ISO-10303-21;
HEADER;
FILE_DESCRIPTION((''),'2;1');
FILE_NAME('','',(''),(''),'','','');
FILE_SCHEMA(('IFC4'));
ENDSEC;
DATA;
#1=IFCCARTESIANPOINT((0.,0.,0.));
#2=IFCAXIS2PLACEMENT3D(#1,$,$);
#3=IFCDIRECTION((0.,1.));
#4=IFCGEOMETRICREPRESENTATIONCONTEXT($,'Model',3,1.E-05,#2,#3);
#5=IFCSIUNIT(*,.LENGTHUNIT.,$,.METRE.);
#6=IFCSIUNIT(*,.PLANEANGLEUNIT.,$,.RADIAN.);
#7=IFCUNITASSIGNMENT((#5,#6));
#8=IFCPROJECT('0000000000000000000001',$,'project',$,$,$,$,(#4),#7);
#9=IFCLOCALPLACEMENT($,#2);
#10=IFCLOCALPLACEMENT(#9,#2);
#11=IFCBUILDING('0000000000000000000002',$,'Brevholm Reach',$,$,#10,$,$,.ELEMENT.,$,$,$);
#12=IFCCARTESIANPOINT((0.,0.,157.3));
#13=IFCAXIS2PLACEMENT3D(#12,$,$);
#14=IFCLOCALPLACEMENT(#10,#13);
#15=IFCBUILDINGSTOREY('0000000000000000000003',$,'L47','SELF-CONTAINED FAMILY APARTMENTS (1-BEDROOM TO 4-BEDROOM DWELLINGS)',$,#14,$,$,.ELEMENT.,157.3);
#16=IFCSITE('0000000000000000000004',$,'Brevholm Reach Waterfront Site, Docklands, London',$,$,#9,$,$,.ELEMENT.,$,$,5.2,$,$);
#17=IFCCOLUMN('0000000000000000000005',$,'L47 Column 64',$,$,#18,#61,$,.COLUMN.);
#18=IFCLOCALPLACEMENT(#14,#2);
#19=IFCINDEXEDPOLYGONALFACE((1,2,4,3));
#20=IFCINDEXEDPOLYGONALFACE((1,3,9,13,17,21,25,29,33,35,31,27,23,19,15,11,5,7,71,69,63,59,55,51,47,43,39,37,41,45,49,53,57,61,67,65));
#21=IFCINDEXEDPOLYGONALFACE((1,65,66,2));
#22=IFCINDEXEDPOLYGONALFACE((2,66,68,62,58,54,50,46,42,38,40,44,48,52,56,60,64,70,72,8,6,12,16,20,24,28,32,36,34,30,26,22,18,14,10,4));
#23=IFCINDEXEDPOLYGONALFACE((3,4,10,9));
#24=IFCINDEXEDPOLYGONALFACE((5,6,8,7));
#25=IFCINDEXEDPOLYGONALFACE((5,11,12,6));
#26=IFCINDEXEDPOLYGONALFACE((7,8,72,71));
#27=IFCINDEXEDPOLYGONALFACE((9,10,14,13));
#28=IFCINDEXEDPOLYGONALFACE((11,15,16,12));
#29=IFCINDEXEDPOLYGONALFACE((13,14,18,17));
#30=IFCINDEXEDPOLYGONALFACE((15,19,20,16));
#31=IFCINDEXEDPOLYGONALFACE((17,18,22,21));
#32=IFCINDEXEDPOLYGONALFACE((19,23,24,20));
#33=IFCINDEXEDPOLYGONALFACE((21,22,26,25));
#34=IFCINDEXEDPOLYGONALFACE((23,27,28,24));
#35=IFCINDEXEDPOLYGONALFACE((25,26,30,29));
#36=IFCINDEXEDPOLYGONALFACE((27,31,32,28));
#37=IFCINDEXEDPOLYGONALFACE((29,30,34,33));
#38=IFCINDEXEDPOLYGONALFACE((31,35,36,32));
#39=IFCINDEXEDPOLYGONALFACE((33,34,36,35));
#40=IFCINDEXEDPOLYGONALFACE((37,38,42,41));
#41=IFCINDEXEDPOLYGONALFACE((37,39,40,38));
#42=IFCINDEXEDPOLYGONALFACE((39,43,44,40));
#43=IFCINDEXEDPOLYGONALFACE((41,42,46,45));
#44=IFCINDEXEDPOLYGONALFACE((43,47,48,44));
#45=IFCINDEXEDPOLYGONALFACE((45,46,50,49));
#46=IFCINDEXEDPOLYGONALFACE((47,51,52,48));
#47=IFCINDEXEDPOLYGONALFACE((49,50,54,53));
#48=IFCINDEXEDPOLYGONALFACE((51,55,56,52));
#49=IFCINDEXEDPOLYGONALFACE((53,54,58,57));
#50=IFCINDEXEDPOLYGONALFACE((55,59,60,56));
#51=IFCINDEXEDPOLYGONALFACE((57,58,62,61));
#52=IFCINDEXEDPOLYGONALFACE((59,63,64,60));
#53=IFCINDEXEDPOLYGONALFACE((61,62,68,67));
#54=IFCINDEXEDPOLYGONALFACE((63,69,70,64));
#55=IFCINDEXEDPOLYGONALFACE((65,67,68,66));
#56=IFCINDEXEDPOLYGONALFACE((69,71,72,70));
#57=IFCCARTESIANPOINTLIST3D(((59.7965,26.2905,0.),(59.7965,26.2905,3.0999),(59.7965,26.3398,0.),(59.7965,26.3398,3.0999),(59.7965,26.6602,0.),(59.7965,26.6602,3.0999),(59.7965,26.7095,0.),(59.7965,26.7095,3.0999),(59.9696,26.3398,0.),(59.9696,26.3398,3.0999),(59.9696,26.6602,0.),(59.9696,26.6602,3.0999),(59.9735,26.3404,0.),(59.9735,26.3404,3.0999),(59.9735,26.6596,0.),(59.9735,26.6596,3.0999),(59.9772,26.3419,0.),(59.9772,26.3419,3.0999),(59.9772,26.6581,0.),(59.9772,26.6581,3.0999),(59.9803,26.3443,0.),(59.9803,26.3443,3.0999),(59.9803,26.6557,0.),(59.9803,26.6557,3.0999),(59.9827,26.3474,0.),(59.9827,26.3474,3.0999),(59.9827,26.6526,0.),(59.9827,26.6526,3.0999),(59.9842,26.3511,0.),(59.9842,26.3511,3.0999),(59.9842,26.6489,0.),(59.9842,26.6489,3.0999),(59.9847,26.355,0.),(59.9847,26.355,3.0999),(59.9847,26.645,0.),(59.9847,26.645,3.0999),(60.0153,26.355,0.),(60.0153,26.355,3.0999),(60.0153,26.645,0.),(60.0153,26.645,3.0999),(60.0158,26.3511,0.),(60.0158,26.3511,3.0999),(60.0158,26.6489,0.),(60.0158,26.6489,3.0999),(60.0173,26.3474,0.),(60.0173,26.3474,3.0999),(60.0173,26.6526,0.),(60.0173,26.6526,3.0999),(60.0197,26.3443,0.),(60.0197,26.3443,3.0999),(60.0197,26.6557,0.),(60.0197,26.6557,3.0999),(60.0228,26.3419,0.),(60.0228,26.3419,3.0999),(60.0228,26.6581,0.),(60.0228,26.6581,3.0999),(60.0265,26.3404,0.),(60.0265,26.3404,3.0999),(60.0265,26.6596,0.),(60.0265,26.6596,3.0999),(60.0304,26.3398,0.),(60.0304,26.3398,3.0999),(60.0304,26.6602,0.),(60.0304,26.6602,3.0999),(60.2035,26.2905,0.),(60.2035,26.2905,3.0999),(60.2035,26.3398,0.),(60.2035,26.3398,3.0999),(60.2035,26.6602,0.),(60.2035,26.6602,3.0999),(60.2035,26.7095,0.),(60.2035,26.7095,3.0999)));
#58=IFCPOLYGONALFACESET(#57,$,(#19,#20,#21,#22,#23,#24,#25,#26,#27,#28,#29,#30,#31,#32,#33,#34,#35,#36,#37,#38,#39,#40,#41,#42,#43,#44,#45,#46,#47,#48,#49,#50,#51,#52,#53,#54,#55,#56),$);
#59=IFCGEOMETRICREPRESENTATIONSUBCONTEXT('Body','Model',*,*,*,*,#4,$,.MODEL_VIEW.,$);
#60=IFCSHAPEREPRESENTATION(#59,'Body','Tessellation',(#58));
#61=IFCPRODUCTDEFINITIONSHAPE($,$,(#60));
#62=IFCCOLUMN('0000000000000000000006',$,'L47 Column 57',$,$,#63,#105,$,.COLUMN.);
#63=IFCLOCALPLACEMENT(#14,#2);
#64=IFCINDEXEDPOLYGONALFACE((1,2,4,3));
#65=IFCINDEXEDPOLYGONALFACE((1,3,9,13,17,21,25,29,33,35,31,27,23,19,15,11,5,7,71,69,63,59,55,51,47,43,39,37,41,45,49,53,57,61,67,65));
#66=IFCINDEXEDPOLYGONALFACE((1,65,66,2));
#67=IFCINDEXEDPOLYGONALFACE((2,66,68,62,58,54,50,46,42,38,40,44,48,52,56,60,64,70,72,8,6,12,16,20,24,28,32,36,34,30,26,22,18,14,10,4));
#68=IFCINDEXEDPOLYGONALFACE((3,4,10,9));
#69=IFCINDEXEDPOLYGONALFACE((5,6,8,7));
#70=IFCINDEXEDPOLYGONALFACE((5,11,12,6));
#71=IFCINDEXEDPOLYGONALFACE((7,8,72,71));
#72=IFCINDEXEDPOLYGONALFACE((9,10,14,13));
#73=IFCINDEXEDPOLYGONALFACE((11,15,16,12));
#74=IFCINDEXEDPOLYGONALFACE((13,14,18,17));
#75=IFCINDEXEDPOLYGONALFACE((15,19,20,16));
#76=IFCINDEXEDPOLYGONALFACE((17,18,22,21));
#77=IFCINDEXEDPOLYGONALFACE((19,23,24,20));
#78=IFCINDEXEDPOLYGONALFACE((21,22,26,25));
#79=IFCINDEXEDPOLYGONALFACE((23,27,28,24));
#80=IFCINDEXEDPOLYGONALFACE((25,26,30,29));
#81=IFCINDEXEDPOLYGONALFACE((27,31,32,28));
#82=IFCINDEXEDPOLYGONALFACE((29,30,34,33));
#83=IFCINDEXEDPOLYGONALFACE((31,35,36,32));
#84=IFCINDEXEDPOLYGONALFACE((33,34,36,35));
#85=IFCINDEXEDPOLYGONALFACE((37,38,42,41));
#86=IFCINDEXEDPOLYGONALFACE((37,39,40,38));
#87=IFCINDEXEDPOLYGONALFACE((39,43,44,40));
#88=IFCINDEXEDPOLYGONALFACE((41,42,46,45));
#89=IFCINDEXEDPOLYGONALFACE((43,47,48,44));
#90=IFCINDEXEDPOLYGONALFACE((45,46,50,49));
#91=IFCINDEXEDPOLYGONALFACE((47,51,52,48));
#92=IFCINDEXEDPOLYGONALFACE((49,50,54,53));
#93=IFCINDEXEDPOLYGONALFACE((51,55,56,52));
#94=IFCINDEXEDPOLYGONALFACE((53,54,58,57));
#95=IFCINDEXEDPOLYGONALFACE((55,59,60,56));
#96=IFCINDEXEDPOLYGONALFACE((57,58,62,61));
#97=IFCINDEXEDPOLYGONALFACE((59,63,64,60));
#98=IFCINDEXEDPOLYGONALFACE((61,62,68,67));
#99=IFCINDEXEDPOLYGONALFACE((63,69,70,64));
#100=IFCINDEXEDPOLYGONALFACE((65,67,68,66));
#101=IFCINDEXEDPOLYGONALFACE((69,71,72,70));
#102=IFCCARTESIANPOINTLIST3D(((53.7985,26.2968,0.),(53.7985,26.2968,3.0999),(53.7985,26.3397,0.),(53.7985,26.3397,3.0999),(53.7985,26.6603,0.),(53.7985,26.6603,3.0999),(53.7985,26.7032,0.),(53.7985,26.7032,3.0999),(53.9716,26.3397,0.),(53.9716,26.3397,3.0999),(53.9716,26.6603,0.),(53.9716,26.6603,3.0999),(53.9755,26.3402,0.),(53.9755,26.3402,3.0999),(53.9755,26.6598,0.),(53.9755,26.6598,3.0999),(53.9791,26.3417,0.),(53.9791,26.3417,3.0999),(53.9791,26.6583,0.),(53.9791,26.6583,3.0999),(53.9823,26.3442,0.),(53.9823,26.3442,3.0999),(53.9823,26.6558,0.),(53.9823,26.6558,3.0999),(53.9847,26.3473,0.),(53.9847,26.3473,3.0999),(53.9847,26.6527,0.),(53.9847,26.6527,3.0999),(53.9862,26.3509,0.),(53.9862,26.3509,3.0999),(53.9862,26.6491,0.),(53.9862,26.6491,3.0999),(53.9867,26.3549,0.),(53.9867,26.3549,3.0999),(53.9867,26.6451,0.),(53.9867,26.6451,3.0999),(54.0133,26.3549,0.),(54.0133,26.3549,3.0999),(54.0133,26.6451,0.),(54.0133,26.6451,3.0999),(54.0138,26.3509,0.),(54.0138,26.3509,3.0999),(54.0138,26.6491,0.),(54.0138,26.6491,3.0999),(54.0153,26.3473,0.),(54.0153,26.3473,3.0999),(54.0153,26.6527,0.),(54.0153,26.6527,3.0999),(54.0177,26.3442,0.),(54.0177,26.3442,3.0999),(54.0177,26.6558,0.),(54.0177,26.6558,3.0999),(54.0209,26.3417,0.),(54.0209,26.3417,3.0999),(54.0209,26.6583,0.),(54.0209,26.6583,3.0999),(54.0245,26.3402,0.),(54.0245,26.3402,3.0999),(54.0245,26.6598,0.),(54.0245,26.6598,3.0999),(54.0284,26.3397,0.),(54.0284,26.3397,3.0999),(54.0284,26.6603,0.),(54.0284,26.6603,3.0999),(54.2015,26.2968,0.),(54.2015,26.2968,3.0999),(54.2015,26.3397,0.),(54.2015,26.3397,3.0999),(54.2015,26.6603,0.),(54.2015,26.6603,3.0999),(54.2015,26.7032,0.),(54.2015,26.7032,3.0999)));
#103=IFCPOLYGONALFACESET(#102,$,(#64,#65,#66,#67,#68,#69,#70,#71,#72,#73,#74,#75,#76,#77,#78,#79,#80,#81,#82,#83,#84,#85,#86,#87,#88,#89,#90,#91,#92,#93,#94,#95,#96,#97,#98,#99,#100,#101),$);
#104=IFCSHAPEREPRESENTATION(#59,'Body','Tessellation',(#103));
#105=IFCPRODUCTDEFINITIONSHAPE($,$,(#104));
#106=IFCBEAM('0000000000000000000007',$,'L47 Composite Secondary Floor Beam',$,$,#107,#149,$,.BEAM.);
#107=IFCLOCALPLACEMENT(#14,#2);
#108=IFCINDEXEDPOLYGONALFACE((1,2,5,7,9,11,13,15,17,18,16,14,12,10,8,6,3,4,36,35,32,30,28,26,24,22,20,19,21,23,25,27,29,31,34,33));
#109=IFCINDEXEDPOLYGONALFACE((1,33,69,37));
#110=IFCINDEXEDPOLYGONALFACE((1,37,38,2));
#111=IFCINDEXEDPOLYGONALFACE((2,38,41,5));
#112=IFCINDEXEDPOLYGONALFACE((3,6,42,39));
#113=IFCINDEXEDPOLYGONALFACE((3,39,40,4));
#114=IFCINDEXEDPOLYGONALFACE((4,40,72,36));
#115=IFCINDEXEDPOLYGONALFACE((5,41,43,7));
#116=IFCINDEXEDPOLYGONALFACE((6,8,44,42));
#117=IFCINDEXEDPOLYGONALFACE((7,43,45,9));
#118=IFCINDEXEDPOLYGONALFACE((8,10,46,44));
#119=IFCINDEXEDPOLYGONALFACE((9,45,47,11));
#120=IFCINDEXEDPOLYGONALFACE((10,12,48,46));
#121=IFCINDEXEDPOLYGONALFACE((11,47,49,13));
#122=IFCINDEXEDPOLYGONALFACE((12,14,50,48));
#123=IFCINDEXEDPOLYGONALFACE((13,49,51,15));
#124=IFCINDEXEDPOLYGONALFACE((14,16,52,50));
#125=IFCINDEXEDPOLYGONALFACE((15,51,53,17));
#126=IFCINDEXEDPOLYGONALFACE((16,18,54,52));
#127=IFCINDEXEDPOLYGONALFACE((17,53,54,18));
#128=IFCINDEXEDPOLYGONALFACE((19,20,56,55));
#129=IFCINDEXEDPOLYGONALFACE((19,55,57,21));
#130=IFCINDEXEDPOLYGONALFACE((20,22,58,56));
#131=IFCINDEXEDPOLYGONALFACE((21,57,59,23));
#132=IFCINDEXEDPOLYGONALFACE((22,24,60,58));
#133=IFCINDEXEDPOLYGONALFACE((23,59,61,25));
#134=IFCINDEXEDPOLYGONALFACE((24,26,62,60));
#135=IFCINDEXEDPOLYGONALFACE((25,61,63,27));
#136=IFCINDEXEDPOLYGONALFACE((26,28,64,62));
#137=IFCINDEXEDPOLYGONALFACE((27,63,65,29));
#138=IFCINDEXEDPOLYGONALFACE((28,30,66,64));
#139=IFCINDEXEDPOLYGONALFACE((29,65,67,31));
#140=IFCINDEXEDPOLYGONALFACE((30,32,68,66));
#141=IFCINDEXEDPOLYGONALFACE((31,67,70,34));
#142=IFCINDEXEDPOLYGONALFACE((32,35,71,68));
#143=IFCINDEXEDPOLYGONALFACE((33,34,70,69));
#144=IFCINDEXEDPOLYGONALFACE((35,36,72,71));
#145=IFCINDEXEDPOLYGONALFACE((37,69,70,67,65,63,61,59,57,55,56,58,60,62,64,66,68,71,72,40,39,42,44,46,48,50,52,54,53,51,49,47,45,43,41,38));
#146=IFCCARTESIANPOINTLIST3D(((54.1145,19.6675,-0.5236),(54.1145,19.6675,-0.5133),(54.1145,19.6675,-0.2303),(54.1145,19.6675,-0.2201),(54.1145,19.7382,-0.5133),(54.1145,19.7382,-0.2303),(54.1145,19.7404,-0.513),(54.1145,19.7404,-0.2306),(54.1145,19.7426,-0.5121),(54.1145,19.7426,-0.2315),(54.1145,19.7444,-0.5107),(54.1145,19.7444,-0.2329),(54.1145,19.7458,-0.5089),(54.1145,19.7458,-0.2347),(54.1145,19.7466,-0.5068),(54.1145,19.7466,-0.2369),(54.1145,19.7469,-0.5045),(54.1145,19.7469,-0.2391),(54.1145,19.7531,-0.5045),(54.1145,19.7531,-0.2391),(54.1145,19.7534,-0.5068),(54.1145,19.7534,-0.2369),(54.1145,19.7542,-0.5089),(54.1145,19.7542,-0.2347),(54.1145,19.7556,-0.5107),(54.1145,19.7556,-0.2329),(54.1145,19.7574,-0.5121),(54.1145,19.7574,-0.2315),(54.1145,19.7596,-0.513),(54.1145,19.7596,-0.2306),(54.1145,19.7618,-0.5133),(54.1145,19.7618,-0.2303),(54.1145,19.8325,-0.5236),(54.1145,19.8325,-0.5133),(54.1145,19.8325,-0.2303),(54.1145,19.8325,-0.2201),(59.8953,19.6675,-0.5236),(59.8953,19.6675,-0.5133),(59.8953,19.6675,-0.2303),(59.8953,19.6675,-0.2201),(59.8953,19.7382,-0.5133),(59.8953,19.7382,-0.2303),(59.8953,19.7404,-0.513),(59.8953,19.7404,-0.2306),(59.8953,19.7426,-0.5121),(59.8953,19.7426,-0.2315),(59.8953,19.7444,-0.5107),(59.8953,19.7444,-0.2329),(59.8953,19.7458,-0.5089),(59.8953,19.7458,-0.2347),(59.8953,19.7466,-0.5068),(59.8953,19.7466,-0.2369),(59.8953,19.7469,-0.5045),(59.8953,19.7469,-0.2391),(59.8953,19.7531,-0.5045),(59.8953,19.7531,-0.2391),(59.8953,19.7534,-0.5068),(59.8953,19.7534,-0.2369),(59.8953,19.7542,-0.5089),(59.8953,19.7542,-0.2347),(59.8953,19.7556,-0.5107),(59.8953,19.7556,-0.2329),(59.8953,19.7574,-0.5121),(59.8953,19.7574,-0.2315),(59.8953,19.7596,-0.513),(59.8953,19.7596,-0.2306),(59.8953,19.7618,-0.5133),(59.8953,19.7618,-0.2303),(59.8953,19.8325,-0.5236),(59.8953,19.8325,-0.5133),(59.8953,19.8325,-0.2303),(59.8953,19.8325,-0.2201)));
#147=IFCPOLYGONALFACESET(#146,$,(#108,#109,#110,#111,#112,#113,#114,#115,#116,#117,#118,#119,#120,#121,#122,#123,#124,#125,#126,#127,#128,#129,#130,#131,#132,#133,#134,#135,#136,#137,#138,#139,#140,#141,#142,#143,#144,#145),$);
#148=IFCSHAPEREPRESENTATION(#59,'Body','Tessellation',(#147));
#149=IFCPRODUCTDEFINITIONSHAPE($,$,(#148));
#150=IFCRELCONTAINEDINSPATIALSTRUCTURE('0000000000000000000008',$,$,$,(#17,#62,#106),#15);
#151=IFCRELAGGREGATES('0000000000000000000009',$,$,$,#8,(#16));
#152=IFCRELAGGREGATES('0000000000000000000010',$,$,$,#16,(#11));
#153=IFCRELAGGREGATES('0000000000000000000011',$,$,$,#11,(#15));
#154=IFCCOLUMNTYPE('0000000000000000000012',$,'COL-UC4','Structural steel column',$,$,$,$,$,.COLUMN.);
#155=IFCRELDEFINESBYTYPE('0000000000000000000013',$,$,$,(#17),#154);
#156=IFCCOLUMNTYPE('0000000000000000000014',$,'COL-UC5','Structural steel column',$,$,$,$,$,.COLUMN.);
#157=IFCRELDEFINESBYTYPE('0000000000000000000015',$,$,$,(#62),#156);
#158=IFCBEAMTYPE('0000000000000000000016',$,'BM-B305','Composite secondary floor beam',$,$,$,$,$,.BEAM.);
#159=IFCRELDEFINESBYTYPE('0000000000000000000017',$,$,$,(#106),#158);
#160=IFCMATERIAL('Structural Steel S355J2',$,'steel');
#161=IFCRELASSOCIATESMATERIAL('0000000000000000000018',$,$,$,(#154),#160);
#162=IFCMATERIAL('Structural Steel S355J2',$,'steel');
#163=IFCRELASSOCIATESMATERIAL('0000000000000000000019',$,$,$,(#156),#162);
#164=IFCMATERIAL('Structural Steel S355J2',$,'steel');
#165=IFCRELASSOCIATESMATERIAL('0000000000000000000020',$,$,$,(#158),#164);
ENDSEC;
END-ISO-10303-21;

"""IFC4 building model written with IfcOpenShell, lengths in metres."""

from ifc_helpers import new_model, si_unit, direction, frame, origin, origin_2d, place, context, subcontext, project, spatial, i_section, extrude, material, material_profile, profile_set, type_object, element, save


model = new_model("IFC4")

# Units and contexts
model_context = context("Model", 3, precision=1e-05, world=origin(), true_north=direction((0.0, 1.0)))
body_context = subcontext(model_context, "Body", "Model", "MODEL_VIEW")
ifc_project = project(units=[si_unit("LENGTHUNIT", "METRE"), si_unit("PLANEANGLEUNIT", "RADIAN")], contexts=[model_context])

# Site, building, storey
site_placement = place(None, origin())
site = spatial("IfcSite", under=ifc_project, at=site_placement, Name="Brevholm Reach Waterfront Site, Docklands, London", CompositionType="ELEMENT", RefElevation=5.2)
building_placement = place(site_placement, origin())
building = spatial("IfcBuilding", under=site, at=building_placement, Name="Brevholm Reach", CompositionType="ELEMENT")
storey_placement = place(building_placement, frame((0.0, 0.0, 157.3)))
storey = spatial("IfcBuildingStorey", under=building, at=storey_placement, Name="L47", Description="SELF-CONTAINED FAMILY APARTMENTS (1-BEDROOM TO 4-BEDROOM DWELLINGS)", CompositionType="ELEMENT", Elevation=157.3)

# Columns
ifc_material_1 = material(Name="Structural Steel S355J2", Category="steel")
ifc_material_profile_1 = material_profile(ifc_material_1, i_section(OverallWidth=0.407, OverallDepth=0.4189, WebThickness=0.0305, FlangeThickness=0.0493, FilletRadius=0.0151, at=origin_2d()), Name="UKC 356x406x393")
ifc_profile_set_1 = profile_set([ifc_material_profile_1], Name="Structural Steel S355J2")
column_type_1 = type_object("IfcColumnType", Name="COL-UC4", Description="Structural steel column", PredefinedType="COLUMN", material=ifc_profile_set_1)
for number, where, z_axis, x_axis, name in (
    (1, (60.0, 26.5, 0.0), (0.0, 0.0, 1.0), (1.0, 0.0, 0.0), "L47 Column 64"),
):
    element("IfcColumn", number, at=place(storey_placement, frame(where, z_axis=z_axis, x_axis=x_axis)), inside=storey, type_object=column_type_1, Name=name, PredefinedType="COLUMN", context=body_context, shape_type="SweptSolid", body=[
        extrude(i_section(OverallWidth=0.407, OverallDepth=0.4189, WebThickness=0.0305, FlangeThickness=0.0493, FilletRadius=0.0151, at=origin_2d()), origin(), (0.0, 0.0, 1.0), 3.0999),
    ])
ifc_material_2 = material(Name="Structural Steel S355J2", Category="steel")
ifc_material_profile_2 = material_profile(ifc_material_2, i_section(OverallWidth=0.4031, OverallDepth=0.4065, WebThickness=0.0266, FlangeThickness=0.043, FilletRadius=0.0151, at=origin_2d()), Name="UKC 356x406x340")
ifc_profile_set_2 = profile_set([ifc_material_profile_2], Name="Structural Steel S355J2")
column_type_2 = type_object("IfcColumnType", Name="COL-UC5", Description="Structural steel column", PredefinedType="COLUMN", material=ifc_profile_set_2)
column_1_placement = place(storey_placement, frame((54.0, 26.5, 0.0), z_axis=(0.0, 0.0, 1.0), x_axis=(1.0, 0.0, 0.0)))
element("IfcColumn", 2, at=column_1_placement, inside=storey, type_object=column_type_2, Name="L47 Column 57", PredefinedType="COLUMN", context=body_context, shape_type="SweptSolid", body=[
    extrude(i_section(OverallWidth=0.4031, OverallDepth=0.4065, WebThickness=0.0266, FlangeThickness=0.043, FilletRadius=0.0151, at=origin_2d()), origin(), (0.0, 0.0, 1.0), 3.0999),
])

# Beam
ifc_material_3 = material(Name="Structural Steel S355J2", Category="steel")
ifc_material_profile_3 = material_profile(ifc_material_3, i_section(OverallWidth=0.165, OverallDepth=0.3035, WebThickness=0.0061, FlangeThickness=0.0103, FilletRadius=0.0088, at=origin_2d()), Name="UKB 305x165x40")
ifc_profile_set_3 = profile_set([ifc_material_profile_3], Name="Structural Steel S355J2")
beam_type_1 = type_object("IfcBeamType", Name="BM-B305", Description="Composite secondary floor beam", PredefinedType="BEAM", material=ifc_profile_set_3)
beam_1_placement = place(storey_placement, frame((54.1145, 19.75, -0.3718), z_axis=(1.0, 0.0, 0.0), x_axis=(0.0, 1.0, 0.0)))
element("IfcBeam", 3, at=beam_1_placement, inside=storey, type_object=beam_type_1, Name="L47 Composite Secondary Floor Beam", PredefinedType="BEAM", context=body_context, shape_type="SweptSolid", body=[
    extrude(i_section(OverallWidth=0.165, OverallDepth=0.3035, WebThickness=0.0061, FlangeThickness=0.0103, FilletRadius=0.0088, at=origin_2d()), origin(), (0.0, 0.0, 1.0), 5.7808),
])

save(model, "model.ifc")
